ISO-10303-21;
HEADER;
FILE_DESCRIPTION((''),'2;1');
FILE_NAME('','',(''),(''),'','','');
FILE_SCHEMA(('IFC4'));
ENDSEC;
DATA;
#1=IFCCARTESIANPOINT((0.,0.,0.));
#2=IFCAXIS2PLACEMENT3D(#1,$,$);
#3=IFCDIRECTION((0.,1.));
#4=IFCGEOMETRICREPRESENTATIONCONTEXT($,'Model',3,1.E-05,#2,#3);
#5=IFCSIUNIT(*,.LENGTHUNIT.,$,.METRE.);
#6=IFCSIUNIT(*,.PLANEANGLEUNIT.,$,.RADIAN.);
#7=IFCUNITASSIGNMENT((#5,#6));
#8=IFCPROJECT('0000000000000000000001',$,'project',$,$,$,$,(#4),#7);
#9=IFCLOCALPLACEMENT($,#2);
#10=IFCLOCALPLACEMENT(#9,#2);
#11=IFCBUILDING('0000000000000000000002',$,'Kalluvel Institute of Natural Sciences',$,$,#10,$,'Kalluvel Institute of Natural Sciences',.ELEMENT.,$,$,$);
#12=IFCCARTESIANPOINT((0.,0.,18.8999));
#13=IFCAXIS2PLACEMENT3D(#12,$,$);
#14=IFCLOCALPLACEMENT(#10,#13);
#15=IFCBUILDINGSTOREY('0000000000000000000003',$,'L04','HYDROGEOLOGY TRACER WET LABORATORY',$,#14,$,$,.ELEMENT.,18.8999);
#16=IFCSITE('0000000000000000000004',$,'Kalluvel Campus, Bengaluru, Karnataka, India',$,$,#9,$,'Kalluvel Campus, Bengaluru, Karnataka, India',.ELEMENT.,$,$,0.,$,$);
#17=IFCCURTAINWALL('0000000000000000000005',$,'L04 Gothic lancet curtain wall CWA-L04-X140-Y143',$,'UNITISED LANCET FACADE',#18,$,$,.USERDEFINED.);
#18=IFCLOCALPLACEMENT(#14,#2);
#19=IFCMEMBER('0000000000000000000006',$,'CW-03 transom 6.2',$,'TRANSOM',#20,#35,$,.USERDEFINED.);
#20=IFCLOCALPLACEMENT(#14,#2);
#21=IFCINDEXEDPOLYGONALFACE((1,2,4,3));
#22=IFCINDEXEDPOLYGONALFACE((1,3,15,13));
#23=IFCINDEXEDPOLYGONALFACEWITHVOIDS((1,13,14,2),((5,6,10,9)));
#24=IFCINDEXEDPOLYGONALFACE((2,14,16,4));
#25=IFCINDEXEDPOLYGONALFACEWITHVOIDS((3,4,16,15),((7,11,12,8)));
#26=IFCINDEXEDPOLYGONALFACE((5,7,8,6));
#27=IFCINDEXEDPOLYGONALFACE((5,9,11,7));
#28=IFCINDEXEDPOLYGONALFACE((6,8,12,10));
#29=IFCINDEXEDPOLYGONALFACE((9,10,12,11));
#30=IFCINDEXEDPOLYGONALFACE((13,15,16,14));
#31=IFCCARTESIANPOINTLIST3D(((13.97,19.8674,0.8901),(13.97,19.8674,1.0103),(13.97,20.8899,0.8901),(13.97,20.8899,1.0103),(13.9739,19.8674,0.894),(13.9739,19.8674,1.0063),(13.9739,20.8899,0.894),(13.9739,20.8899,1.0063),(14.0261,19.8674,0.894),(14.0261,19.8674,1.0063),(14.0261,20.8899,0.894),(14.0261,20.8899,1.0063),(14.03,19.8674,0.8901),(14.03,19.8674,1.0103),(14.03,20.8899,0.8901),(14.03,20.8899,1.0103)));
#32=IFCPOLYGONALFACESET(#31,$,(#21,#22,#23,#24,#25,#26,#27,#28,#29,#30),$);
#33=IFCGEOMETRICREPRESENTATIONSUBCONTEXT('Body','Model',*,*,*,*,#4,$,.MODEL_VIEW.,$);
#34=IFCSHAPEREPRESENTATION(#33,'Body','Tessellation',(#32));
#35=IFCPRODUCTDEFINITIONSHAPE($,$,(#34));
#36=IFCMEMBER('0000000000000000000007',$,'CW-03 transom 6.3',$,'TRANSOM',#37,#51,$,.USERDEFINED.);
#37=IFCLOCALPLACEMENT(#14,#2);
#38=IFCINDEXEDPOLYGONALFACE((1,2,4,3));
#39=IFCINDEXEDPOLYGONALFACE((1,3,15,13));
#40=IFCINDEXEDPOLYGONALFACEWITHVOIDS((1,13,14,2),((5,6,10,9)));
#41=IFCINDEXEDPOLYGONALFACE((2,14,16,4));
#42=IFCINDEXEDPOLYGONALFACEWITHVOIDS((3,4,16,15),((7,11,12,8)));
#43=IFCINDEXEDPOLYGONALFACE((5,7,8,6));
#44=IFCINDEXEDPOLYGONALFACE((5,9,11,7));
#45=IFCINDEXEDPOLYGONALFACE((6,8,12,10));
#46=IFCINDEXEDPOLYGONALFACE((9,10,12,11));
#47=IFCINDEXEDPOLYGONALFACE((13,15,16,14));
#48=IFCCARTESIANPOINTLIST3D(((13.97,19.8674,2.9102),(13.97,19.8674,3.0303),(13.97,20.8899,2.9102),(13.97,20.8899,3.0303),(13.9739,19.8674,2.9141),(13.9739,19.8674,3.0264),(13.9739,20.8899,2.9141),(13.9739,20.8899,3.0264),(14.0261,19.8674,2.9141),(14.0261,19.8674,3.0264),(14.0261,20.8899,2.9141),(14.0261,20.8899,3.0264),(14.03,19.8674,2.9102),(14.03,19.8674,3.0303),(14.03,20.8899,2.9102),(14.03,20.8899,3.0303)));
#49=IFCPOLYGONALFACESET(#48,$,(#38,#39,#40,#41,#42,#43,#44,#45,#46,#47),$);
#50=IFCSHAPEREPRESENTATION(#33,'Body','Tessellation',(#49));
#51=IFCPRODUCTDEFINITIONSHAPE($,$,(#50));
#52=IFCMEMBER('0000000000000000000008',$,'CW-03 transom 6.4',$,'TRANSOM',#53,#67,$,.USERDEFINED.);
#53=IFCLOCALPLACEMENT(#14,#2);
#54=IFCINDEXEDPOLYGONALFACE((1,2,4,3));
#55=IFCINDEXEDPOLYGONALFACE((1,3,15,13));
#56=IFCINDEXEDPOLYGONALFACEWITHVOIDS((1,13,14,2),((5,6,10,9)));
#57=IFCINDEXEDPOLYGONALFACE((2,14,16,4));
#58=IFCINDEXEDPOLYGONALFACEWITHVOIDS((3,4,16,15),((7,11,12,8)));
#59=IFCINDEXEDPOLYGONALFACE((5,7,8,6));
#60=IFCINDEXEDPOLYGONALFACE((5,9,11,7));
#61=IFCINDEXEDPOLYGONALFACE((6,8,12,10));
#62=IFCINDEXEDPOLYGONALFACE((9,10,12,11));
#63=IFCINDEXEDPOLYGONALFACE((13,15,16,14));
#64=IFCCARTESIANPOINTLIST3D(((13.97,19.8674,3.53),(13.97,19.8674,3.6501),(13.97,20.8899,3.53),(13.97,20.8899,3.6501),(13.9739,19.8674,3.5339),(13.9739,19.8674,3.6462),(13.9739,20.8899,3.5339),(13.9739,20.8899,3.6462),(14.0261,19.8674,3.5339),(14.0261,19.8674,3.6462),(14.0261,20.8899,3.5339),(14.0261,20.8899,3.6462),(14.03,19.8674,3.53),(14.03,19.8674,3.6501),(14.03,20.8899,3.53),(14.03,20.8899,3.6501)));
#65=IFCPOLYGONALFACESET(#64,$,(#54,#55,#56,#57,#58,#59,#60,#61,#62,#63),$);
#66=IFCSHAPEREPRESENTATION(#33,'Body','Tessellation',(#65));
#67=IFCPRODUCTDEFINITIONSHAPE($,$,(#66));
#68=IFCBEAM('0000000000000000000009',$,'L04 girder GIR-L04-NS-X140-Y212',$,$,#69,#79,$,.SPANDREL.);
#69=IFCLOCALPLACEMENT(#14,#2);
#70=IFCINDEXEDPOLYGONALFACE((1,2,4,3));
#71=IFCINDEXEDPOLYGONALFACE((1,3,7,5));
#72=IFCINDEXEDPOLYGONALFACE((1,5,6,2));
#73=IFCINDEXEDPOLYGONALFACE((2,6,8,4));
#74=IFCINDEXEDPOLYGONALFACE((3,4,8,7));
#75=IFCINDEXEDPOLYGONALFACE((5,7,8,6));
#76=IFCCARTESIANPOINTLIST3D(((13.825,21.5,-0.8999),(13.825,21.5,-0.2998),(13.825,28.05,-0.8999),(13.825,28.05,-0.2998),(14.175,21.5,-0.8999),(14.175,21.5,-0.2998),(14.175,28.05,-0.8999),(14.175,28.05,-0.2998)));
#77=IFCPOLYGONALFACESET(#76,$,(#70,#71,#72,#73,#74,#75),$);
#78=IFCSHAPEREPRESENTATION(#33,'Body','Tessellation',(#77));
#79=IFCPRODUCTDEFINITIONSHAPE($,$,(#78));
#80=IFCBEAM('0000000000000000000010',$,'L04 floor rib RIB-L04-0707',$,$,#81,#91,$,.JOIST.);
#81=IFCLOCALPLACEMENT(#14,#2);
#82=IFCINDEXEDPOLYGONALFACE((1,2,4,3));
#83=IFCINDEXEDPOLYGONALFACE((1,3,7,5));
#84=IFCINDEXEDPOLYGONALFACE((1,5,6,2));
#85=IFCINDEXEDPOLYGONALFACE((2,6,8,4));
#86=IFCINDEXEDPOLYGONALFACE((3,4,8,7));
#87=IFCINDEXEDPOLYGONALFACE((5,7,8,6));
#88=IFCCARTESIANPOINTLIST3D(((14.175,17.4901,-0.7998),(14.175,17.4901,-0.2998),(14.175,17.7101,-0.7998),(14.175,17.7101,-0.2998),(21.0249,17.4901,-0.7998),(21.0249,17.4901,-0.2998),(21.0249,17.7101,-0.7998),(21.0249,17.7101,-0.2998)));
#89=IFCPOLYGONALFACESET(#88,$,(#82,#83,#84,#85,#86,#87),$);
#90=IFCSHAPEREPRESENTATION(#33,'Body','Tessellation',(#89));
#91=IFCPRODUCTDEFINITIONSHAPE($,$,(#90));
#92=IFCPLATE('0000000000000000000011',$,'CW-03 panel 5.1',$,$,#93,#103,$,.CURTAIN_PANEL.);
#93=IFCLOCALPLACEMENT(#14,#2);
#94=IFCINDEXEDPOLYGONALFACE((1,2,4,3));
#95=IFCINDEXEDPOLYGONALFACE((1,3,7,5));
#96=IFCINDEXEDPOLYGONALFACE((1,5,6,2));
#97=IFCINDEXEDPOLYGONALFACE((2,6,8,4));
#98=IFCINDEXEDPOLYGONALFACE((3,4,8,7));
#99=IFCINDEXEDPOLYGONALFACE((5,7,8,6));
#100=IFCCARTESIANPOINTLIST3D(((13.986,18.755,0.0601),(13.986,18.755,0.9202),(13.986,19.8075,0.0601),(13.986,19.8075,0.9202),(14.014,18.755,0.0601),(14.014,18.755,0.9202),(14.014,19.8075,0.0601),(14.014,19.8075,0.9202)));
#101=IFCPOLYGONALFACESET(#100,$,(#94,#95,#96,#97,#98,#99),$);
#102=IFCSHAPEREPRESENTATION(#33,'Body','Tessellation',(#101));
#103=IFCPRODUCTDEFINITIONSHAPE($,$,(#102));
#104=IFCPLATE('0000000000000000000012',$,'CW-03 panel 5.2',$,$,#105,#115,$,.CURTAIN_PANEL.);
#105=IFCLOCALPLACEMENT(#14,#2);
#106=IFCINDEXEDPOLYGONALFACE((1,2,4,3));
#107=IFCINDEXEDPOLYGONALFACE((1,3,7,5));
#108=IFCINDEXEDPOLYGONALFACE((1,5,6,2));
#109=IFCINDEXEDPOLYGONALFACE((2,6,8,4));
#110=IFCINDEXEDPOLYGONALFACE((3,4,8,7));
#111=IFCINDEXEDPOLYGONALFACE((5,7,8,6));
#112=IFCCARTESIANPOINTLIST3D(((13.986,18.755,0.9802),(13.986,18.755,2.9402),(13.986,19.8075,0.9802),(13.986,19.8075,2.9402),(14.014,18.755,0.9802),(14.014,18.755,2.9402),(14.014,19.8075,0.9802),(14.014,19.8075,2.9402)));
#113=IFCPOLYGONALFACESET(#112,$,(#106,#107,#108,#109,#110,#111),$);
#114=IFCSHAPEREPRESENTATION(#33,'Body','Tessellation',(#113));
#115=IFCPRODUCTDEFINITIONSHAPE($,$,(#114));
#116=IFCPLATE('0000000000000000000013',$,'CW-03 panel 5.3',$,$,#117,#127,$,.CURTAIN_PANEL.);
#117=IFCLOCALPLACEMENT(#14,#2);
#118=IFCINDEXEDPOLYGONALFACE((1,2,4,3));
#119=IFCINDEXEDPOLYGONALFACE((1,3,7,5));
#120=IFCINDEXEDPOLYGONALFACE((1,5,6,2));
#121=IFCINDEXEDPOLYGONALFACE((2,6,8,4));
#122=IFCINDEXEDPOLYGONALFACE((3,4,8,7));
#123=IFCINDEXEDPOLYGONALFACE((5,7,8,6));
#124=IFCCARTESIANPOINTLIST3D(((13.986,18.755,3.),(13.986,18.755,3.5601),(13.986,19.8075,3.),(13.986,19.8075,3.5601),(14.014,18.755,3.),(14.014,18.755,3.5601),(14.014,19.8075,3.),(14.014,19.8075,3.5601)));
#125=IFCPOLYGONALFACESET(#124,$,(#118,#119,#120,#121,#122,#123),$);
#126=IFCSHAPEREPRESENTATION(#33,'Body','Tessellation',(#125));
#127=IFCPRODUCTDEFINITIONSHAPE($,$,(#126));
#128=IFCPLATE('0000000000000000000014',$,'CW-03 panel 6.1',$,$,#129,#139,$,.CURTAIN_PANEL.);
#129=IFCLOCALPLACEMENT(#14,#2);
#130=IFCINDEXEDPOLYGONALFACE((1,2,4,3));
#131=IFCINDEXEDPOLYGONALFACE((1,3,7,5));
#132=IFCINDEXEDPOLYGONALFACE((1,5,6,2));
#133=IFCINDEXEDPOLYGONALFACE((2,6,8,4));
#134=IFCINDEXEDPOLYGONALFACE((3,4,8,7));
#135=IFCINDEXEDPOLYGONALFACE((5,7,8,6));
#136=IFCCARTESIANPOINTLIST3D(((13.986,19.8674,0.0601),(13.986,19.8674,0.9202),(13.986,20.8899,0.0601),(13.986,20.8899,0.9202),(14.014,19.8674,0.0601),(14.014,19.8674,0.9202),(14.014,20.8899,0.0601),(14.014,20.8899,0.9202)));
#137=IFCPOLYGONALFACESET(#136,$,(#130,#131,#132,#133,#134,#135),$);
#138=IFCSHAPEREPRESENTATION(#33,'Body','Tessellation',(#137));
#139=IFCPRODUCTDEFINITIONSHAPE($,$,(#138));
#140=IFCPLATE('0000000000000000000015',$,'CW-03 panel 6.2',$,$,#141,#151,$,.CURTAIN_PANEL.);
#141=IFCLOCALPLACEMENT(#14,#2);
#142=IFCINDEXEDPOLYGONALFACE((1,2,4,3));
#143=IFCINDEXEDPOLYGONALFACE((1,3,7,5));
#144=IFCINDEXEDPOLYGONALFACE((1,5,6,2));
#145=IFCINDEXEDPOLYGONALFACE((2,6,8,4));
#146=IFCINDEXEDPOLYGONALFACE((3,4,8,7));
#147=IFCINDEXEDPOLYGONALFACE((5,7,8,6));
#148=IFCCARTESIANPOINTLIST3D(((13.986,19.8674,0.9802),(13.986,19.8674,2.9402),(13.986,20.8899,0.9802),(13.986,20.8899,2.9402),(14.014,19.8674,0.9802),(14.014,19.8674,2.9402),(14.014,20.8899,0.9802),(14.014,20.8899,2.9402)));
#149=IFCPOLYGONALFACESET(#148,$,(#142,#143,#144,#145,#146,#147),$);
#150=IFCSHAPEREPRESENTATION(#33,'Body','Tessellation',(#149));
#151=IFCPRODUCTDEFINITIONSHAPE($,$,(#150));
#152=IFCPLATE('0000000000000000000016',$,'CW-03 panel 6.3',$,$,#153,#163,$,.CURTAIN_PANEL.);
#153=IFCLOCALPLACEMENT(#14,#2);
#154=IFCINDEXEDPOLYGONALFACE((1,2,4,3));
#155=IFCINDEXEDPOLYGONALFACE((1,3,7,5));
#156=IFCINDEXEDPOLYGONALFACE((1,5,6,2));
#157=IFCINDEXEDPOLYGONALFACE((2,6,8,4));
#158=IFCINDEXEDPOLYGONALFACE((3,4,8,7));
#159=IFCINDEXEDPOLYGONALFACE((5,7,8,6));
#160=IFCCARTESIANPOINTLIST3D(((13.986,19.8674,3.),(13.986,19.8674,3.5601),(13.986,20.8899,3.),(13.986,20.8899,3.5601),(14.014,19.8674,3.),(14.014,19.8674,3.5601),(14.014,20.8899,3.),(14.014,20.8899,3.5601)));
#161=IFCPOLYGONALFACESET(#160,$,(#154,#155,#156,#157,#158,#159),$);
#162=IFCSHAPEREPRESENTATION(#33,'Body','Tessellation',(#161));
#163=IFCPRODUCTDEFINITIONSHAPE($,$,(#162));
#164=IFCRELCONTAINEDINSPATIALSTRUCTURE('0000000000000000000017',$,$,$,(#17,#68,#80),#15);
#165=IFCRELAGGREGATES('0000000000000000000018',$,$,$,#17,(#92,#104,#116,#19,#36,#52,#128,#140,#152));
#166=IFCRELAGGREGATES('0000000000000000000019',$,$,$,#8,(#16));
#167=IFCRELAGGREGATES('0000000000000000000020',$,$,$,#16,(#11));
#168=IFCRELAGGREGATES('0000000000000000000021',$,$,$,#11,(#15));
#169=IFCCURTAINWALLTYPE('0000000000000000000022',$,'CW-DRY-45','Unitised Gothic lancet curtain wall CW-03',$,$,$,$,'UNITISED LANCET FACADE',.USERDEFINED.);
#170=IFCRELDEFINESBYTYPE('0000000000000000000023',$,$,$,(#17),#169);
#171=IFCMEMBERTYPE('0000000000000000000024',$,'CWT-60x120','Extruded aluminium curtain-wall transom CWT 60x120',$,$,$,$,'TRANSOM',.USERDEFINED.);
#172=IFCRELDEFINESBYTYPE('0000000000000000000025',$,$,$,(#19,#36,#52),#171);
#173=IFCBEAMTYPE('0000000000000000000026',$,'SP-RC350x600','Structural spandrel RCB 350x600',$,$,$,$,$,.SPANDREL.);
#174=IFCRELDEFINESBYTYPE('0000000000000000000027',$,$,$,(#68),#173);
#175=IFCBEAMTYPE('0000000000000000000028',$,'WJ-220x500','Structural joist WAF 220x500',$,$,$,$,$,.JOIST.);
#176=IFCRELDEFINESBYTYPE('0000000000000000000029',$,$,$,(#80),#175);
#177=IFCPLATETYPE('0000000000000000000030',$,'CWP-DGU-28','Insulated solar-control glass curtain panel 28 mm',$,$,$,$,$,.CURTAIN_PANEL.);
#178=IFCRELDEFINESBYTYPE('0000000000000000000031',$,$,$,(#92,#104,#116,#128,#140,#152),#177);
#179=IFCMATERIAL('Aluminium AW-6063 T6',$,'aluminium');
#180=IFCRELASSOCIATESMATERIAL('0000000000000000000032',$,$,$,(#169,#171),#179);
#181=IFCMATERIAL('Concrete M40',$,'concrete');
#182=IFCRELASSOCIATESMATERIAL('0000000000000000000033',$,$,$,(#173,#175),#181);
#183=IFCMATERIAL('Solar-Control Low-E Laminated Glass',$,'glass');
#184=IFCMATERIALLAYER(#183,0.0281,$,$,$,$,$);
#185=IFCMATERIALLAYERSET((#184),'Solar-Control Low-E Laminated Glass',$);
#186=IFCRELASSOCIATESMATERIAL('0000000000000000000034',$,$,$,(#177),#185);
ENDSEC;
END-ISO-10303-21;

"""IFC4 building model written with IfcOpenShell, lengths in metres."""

from ifc_helpers import new_model, si_unit, direction, frame, origin, origin_2d, place, context, subcontext, project, spatial, rectangle, hollow_rectangle, extrude, material, layer, layer_set, material_profile, profile_set, type_object, element, aggregate, save


model = new_model("IFC4")

# Units and contexts
model_context = context("Model", 3, precision=1e-05, world=origin(), true_north=direction((0.0, 1.0)))
body_context = subcontext(model_context, "Body", "Model", "MODEL_VIEW")
ifc_project = project(units=[si_unit("LENGTHUNIT", "METRE"), si_unit("PLANEANGLEUNIT", "RADIAN")], contexts=[model_context])

# Site, building, storey
site_placement = place(None, origin())
site = spatial("IfcSite", under=ifc_project, at=site_placement, Name="Kalluvel Campus, Bengaluru, Karnataka, India", LongName="Kalluvel Campus, Bengaluru, Karnataka, India", CompositionType="ELEMENT", RefElevation=0.0)
building_placement = place(site_placement, origin())
building = spatial("IfcBuilding", under=site, at=building_placement, Name="Kalluvel Institute of Natural Sciences", LongName="Kalluvel Institute of Natural Sciences", CompositionType="ELEMENT")
storey_placement = place(building_placement, frame((0.0, 0.0, 18.8999)))
storey = spatial("IfcBuildingStorey", under=building, at=storey_placement, Name="L04", Description="HYDROGEOLOGY TRACER WET LABORATORY", CompositionType="ELEMENT", Elevation=18.8999)

# Shared definitions
ifc_material_1 = material(Name="Concrete M40", Category="concrete")

# Curtain wall, members
ifc_material_2 = material(Name="Aluminium AW-6063 T6", Category="aluminium")
curtain_wall_type = type_object("IfcCurtainWallType", Name="CW-DRY-45", Description="Unitised Gothic lancet curtain wall CW-03", ElementType="UNITISED LANCET FACADE", PredefinedType="USERDEFINED", material=ifc_material_2)
curtain_wall_placement = place(storey_placement, origin())
curtain_wall = element("IfcCurtainWall", 1, at=curtain_wall_placement, inside=storey, type_object=curtain_wall_type, Name="L04 Gothic lancet curtain wall CWA-L04-X140-Y143", ObjectType="UNITISED LANCET FACADE", PredefinedType="USERDEFINED")
ifc_material_profile_1 = material_profile(ifc_material_2, hollow_rectangle(XDim=0.0601, YDim=0.1201, WallThickness=0.0039, at=origin_2d()), Name="CWT 60x120")
ifc_profile_set_1 = profile_set([ifc_material_profile_1], Name="Aluminium AW-6063 T6")
member_type_1 = type_object("IfcMemberType", Name="CWT-60x120", Description="Extruded aluminium curtain-wall transom CWT 60x120", ElementType="TRANSOM", PredefinedType="USERDEFINED", material=ifc_profile_set_1)
member_1_placement = place(storey_placement, frame((14.0, 19.8674, 0.9502), z_axis=(0.0, 1.0, 0.0), x_axis=(-1.0, 0.0, 0.0)))
member_1 = element("IfcMember", 2, at=member_1_placement, type_object=member_type_1, Name="CW-03 transom 6.2", ObjectType="TRANSOM", PredefinedType="USERDEFINED", context=body_context, shape_type="SweptSolid", body=[
    extrude(hollow_rectangle(XDim=0.0601, YDim=0.1201, WallThickness=0.0039, at=origin_2d()), origin(), (0.0, 0.0, 1.0), 1.0225),
])
member_2_placement = place(storey_placement, frame((14.0, 19.8674, 2.9702), z_axis=(0.0, 1.0, 0.0), x_axis=(-1.0, 0.0, 0.0)))
member_2 = element("IfcMember", 3, at=member_2_placement, type_object=member_type_1, Name="CW-03 transom 6.3", ObjectType="TRANSOM", PredefinedType="USERDEFINED", context=body_context, shape_type="SweptSolid", body=[
    extrude(hollow_rectangle(XDim=0.0601, YDim=0.1201, WallThickness=0.0039, at=origin_2d()), origin(), (0.0, 0.0, 1.0), 1.0225),
])
member_3_placement = place(storey_placement, frame((14.0, 19.8674, 3.5901), z_axis=(0.0, 1.0, 0.0), x_axis=(-1.0, 0.0, 0.0)))
member_3 = element("IfcMember", 4, at=member_3_placement, type_object=member_type_1, Name="CW-03 transom 6.4", ObjectType="TRANSOM", PredefinedType="USERDEFINED", context=body_context, shape_type="SweptSolid", body=[
    extrude(hollow_rectangle(XDim=0.0601, YDim=0.1201, WallThickness=0.0039, at=origin_2d()), origin(), (0.0, 0.0, 1.0), 1.0225),
])

# Beams
ifc_material_profile_2 = material_profile(ifc_material_1, rectangle(XDim=0.3501, YDim=0.6001, at=origin_2d()), Name="RCB 350x600")
ifc_profile_set_2 = profile_set([ifc_material_profile_2], Name="Concrete M40")
beam_type_1 = type_object("IfcBeamType", Name="SP-RC350x600", Description="Structural spandrel RCB 350x600", PredefinedType="SPANDREL", material=ifc_profile_set_2)
beam_1_placement = place(storey_placement, frame((14.0, 21.5, -0.5999), z_axis=(0.0, 1.0, 0.0), x_axis=(-1.0, 0.0, 0.0)))
element("IfcBeam", 5, at=beam_1_placement, inside=storey, type_object=beam_type_1, Name="L04 girder GIR-L04-NS-X140-Y212", PredefinedType="SPANDREL", context=body_context, shape_type="SweptSolid", body=[
    extrude(rectangle(XDim=0.3501, YDim=0.6001, at=origin_2d()), origin(), (0.0, 0.0, 1.0), 6.55),
])
ifc_material_profile_3 = material_profile(ifc_material_1, rectangle(XDim=0.22, YDim=0.5, at=origin_2d()), Name="WAF 220x500")
ifc_profile_set_3 = profile_set([ifc_material_profile_3], Name="Concrete M40")
beam_type_2 = type_object("IfcBeamType", Name="WJ-220x500", Description="Structural joist WAF 220x500", PredefinedType="JOIST", material=ifc_profile_set_3)
beam_2_placement = place(storey_placement, frame((14.175, 17.6001, -0.5498), z_axis=(1.0, 0.0, 0.0), x_axis=(0.0, 1.0, 0.0)))
element("IfcBeam", 6, at=beam_2_placement, inside=storey, type_object=beam_type_2, Name="L04 floor rib RIB-L04-0707", PredefinedType="JOIST", context=body_context, shape_type="SweptSolid", body=[
    extrude(rectangle(XDim=0.22, YDim=0.5, at=origin_2d()), origin(), (0.0, 0.0, 1.0), 6.8499),
])

# Plates
ifc_material_3 = material(Name="Solar-Control Low-E Laminated Glass", Category="glass")
ifc_layer_1 = layer(ifc_material_3, 0.0281)
ifc_layer_set_1 = layer_set([ifc_layer_1], Name="Solar-Control Low-E Laminated Glass")
plate_type = type_object("IfcPlateType", Name="CWP-DGU-28", Description="Insulated solar-control glass curtain panel 28 mm", PredefinedType="CURTAIN_PANEL", material=ifc_layer_set_1)
plate_1_placement = place(storey_placement, frame((14.0, 19.2812, 0.0601), z_axis=(0.0, 0.0, 1.0), x_axis=(0.0, 1.0, 0.0)))
plate_1 = element("IfcPlate", 7, at=plate_1_placement, type_object=plate_type, Name="CW-03 panel 5.1", PredefinedType="CURTAIN_PANEL", context=body_context, shape_type="SweptSolid", body=[
    extrude(rectangle(XDim=1.0525, YDim=0.0281, at=origin_2d()), origin(), (0.0, 0.0, 1.0), 0.8601),
])
plate_2_placement = place(storey_placement, frame((14.0, 19.2812, 0.9802), z_axis=(0.0, 0.0, 1.0), x_axis=(0.0, 1.0, 0.0)))
plate_2 = element("IfcPlate", 8, at=plate_2_placement, type_object=plate_type, Name="CW-03 panel 5.2", PredefinedType="CURTAIN_PANEL", context=body_context, shape_type="SweptSolid", body=[
    extrude(rectangle(XDim=1.0525, YDim=0.0281, at=origin_2d()), origin(), (0.0, 0.0, 1.0), 1.96),
])
plate_3_placement = place(storey_placement, frame((14.0, 19.2812, 3.0), z_axis=(0.0, 0.0, 1.0), x_axis=(0.0, 1.0, 0.0)))
plate_3 = element("IfcPlate", 9, at=plate_3_placement, type_object=plate_type, Name="CW-03 panel 5.3", PredefinedType="CURTAIN_PANEL", context=body_context, shape_type="SweptSolid", body=[
    extrude(rectangle(XDim=1.0525, YDim=0.0281, at=origin_2d()), origin(), (0.0, 0.0, 1.0), 0.5601),
])
plate_4_placement = place(storey_placement, frame((14.0, 20.3787, 0.0601), z_axis=(0.0, 0.0, 1.0), x_axis=(0.0, 1.0, 0.0)))
plate_4 = element("IfcPlate", 10, at=plate_4_placement, type_object=plate_type, Name="CW-03 panel 6.1", PredefinedType="CURTAIN_PANEL", context=body_context, shape_type="SweptSolid", body=[
    extrude(rectangle(XDim=1.0225, YDim=0.0281, at=origin_2d()), origin(), (0.0, 0.0, 1.0), 0.8601),
])
plate_5_placement = place(storey_placement, frame((14.0, 20.3787, 0.9802), z_axis=(0.0, 0.0, 1.0), x_axis=(0.0, 1.0, 0.0)))
plate_5 = element("IfcPlate", 11, at=plate_5_placement, type_object=plate_type, Name="CW-03 panel 6.2", PredefinedType="CURTAIN_PANEL", context=body_context, shape_type="SweptSolid", body=[
    extrude(rectangle(XDim=1.0225, YDim=0.0281, at=origin_2d()), origin(), (0.0, 0.0, 1.0), 1.96),
])
plate_6_placement = place(storey_placement, frame((14.0, 20.3787, 3.0), z_axis=(0.0, 0.0, 1.0), x_axis=(0.0, 1.0, 0.0)))
plate_6 = element("IfcPlate", 12, at=plate_6_placement, type_object=plate_type, Name="CW-03 panel 6.3", PredefinedType="CURTAIN_PANEL", context=body_context, shape_type="SweptSolid", body=[
    extrude(rectangle(XDim=1.0225, YDim=0.0281, at=origin_2d()), origin(), (0.0, 0.0, 1.0), 0.5601),
])
aggregate(curtain_wall, [plate_1, plate_2, plate_3, member_1, member_2, member_3, plate_4, plate_5, plate_6])

save(model, "model.ifc")
